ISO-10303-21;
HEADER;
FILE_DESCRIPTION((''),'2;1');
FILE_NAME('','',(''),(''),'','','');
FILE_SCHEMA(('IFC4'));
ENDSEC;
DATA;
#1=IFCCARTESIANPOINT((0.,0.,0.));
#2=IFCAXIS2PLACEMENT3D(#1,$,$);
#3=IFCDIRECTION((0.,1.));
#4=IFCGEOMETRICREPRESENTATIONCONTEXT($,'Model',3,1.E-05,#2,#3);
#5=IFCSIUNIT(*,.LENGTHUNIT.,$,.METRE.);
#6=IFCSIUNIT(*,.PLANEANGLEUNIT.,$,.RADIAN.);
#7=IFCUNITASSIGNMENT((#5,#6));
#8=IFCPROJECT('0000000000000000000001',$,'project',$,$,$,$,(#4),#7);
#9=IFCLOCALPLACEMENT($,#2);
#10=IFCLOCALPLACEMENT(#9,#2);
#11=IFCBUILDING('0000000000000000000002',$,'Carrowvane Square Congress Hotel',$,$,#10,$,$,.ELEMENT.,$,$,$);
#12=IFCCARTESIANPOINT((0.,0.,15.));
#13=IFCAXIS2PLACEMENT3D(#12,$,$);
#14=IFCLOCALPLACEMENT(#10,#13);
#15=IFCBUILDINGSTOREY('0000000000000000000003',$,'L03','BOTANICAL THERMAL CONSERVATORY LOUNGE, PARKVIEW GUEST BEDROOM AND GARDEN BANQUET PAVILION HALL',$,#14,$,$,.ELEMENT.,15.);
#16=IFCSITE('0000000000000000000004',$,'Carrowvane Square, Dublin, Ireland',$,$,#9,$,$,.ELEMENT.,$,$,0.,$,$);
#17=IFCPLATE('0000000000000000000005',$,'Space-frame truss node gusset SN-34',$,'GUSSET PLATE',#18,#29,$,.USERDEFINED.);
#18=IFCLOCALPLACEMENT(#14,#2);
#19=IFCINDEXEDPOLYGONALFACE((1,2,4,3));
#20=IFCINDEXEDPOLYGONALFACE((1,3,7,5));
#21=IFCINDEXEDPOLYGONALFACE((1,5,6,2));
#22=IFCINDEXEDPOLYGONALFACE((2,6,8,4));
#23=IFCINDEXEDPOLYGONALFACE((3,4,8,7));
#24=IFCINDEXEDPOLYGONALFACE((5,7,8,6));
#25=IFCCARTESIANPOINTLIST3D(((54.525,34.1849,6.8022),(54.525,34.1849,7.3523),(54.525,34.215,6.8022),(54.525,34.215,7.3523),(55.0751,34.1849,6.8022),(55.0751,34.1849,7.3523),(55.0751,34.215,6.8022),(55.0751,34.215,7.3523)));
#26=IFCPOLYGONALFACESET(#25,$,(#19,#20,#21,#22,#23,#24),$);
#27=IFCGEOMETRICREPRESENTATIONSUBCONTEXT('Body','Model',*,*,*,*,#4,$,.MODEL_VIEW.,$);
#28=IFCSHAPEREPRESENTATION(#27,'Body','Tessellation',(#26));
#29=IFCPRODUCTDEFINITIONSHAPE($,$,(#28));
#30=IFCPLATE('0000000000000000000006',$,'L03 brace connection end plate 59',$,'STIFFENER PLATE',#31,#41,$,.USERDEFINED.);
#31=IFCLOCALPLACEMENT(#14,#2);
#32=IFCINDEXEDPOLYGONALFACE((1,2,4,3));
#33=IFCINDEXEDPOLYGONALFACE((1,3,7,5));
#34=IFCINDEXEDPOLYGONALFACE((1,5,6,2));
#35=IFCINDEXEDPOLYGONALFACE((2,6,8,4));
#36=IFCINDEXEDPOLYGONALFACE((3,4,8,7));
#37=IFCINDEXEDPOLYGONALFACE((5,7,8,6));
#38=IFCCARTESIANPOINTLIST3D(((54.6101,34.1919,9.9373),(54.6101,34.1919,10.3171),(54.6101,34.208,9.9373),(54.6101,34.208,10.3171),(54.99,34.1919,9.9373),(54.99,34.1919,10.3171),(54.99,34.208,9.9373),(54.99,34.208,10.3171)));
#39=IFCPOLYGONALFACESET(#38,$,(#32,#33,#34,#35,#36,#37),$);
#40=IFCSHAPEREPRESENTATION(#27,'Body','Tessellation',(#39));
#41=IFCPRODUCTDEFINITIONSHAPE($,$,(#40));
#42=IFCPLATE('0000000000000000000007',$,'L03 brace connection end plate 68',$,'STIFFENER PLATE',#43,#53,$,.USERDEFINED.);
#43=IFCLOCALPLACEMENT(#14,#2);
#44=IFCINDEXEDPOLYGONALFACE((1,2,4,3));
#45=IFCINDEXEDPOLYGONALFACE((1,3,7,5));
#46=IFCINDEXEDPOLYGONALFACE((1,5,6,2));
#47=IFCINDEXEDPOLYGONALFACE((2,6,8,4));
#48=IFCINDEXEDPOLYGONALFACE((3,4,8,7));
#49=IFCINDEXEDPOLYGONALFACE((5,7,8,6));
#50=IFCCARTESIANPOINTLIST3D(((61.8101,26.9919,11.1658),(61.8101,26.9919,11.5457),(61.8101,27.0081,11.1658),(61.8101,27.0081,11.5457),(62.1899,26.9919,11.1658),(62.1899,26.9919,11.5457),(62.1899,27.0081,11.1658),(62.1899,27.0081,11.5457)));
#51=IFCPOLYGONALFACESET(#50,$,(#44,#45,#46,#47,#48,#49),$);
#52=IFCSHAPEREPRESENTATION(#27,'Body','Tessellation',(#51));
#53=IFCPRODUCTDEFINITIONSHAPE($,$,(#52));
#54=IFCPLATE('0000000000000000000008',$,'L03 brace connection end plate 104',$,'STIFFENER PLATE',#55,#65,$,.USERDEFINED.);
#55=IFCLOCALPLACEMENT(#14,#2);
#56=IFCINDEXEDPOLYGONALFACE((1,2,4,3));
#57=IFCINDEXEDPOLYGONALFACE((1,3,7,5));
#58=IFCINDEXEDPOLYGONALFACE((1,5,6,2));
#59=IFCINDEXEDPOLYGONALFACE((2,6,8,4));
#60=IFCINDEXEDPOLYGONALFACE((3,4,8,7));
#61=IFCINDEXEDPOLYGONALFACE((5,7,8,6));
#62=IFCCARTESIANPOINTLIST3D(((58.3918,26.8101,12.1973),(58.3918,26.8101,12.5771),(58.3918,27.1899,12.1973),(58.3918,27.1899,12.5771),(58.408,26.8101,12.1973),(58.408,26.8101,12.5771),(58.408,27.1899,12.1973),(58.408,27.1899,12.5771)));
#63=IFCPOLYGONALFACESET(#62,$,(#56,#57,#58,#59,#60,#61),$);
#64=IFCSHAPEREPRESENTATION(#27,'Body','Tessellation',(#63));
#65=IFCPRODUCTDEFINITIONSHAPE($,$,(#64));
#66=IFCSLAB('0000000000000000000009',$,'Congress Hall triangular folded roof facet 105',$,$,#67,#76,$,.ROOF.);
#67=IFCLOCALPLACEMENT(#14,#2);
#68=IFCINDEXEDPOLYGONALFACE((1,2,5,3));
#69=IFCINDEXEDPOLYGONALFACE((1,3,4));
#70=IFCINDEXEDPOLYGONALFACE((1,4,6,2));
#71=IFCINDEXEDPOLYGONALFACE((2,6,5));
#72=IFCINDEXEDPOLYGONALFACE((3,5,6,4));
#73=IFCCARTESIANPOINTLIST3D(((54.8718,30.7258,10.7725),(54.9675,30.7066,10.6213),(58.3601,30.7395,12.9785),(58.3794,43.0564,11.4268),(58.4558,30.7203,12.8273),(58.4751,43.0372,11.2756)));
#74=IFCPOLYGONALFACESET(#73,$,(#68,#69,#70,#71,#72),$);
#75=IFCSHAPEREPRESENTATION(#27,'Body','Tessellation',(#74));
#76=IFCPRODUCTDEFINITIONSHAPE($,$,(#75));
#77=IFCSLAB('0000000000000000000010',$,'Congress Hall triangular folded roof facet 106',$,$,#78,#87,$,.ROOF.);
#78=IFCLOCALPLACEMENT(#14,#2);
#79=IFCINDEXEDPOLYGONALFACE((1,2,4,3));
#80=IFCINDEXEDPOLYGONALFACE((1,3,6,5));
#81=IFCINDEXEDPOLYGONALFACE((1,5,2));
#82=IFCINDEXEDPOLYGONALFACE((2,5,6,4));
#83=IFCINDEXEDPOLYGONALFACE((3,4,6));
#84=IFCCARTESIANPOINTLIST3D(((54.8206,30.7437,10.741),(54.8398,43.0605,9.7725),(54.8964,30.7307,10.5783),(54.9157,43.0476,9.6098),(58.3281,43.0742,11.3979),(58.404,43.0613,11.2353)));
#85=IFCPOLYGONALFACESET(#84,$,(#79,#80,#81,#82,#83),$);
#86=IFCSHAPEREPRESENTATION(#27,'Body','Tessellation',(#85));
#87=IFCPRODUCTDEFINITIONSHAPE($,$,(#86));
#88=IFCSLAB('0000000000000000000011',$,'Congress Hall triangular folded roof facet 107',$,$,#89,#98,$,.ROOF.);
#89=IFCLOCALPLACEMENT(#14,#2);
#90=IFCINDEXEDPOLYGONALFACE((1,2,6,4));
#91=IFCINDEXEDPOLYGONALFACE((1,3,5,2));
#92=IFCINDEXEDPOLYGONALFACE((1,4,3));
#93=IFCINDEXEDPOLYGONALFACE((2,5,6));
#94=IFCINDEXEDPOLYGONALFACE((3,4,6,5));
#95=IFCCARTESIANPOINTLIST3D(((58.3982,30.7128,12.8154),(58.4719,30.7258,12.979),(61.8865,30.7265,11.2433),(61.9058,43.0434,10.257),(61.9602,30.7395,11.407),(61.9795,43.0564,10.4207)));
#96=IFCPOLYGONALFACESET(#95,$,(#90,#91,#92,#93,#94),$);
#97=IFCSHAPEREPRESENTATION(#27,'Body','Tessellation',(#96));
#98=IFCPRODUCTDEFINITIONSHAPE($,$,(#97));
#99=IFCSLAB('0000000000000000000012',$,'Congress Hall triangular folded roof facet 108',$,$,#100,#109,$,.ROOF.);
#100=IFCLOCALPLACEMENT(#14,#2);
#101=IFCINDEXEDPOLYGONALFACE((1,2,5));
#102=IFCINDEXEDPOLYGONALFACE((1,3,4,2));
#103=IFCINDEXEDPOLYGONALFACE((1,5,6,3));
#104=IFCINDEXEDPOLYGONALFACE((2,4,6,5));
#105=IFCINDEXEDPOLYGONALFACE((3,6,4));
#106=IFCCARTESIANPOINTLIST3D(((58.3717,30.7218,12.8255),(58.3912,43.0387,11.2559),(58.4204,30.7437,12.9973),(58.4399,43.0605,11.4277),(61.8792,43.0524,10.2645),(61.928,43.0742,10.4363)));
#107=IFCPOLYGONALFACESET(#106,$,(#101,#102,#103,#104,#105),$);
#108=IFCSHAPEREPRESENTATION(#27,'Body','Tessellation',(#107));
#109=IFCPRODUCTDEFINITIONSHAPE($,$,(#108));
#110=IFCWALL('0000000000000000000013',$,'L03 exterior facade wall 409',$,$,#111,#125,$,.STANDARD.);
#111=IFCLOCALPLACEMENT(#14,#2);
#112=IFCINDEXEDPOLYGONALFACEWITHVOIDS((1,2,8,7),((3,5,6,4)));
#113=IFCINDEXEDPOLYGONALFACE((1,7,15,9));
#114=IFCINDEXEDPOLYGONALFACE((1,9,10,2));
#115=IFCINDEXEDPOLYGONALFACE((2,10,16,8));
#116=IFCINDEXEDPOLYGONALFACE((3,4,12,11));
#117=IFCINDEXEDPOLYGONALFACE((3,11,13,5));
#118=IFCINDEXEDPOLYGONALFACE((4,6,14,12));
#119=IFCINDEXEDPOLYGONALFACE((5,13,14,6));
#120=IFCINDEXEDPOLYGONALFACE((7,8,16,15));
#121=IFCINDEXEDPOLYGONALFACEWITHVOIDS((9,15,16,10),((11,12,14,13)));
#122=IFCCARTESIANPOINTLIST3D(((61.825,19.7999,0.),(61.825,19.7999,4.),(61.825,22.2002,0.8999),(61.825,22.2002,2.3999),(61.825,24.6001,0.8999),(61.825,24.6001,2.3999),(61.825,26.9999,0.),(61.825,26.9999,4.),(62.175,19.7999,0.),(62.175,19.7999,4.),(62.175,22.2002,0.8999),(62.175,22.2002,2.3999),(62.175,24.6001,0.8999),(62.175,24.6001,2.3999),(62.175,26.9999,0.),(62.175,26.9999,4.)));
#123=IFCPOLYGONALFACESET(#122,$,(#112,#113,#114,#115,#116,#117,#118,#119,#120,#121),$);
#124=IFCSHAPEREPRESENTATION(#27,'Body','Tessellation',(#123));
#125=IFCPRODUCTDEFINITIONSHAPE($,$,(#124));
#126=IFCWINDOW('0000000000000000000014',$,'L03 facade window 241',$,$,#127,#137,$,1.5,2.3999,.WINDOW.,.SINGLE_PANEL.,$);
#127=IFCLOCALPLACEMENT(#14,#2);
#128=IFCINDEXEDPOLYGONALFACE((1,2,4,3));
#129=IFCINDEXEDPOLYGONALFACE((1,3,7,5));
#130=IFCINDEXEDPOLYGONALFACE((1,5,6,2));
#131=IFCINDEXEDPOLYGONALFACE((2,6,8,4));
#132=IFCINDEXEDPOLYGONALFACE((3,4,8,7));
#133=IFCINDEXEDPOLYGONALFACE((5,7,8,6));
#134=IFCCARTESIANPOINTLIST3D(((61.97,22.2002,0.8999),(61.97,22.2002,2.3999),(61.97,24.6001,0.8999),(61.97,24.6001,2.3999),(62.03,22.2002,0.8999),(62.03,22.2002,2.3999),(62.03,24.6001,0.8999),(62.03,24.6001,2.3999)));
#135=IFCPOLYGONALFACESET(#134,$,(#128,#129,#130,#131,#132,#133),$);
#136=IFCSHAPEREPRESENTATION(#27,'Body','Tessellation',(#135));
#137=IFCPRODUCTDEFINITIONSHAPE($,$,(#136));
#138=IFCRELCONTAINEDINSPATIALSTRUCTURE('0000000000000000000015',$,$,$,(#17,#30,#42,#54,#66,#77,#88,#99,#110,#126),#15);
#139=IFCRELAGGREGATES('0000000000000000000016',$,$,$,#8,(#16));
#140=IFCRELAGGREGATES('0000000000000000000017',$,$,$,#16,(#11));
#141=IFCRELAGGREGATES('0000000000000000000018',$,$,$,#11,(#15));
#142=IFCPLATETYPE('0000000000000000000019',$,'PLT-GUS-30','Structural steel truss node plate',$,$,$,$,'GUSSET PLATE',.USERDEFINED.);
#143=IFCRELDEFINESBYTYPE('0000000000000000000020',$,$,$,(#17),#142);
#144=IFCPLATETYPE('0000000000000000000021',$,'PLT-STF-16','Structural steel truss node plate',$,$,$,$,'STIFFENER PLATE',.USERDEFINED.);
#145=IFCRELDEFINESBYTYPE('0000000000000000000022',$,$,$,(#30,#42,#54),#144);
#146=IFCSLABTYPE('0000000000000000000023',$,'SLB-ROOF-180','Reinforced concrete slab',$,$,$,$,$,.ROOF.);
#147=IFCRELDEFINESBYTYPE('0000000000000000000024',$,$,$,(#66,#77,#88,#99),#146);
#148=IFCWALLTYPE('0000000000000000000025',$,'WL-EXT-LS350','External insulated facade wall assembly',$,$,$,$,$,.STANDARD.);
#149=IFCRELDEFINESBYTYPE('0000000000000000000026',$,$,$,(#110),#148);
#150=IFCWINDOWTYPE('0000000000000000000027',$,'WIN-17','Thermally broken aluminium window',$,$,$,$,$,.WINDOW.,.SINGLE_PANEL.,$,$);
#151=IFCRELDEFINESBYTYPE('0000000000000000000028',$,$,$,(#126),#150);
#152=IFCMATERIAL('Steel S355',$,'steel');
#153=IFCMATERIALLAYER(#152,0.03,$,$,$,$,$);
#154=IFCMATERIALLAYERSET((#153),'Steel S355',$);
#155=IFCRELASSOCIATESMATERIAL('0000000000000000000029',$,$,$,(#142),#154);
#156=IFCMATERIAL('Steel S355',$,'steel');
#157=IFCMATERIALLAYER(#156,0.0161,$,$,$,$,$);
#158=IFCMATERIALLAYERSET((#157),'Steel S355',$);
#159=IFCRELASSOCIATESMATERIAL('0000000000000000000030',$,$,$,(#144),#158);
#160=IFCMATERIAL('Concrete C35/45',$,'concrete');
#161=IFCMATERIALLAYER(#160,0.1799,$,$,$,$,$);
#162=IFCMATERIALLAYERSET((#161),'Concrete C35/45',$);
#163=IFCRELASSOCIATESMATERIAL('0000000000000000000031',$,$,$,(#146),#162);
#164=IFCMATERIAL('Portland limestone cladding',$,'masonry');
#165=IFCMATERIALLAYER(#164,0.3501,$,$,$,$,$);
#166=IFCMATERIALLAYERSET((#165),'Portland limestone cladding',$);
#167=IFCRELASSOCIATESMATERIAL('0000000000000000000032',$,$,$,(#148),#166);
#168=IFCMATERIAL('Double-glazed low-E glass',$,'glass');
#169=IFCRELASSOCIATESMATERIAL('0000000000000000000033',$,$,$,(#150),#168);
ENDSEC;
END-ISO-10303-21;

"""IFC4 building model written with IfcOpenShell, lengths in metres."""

from ifc_helpers import new_model, si_unit, direction, frame, frame_2d, origin, origin_2d, place, context, subcontext, project, spatial, polyline, rectangle, outline, extrude, material, layer, layer_set, type_object, element, fill, save


model = new_model("IFC4")

# Units and contexts
model_context = context("Model", 3, precision=1e-05, world=origin(), true_north=direction((0.0, 1.0)))
body_context = subcontext(model_context, "Body", "Model", "MODEL_VIEW")
ifc_project = project(units=[si_unit("LENGTHUNIT", "METRE"), si_unit("PLANEANGLEUNIT", "RADIAN")], contexts=[model_context])

# Site, building, storey
site_placement = place(None, origin())
site = spatial("IfcSite", under=ifc_project, at=site_placement, Name="Carrowvane Square, Dublin, Ireland", CompositionType="ELEMENT", RefElevation=0.0)
building_placement = place(site_placement, origin())
building = spatial("IfcBuilding", under=site, at=building_placement, Name="Carrowvane Square Congress Hotel", CompositionType="ELEMENT")
storey_placement = place(building_placement, frame((0.0, 0.0, 15.0)))
storey = spatial("IfcBuildingStorey", under=building, at=storey_placement, Name="L03", Description="BOTANICAL THERMAL CONSERVATORY LOUNGE, PARKVIEW GUEST BEDROOM AND GARDEN BANQUET PAVILION HALL", CompositionType="ELEMENT", Elevation=15.0)

# Plates
ifc_material_1 = material(Name="Steel S355", Category="steel")
ifc_layer_1 = layer(ifc_material_1, 0.03)
ifc_layer_set_1 = layer_set([ifc_layer_1], Name="Steel S355")
plate_type_1 = type_object("IfcPlateType", Name="PLT-GUS-30", Description="Structural steel truss node plate", ElementType="GUSSET PLATE", PredefinedType="USERDEFINED", material=ifc_layer_set_1)
plate_1_placement = place(storey_placement, frame((54.8, 34.2, 6.8022), z_axis=(0.0, 0.0, 1.0), x_axis=(1.0, 0.0, 0.0)))
element("IfcPlate", 1, at=plate_1_placement, inside=storey, type_object=plate_type_1, Name="Space-frame truss node gusset SN-34", ObjectType="GUSSET PLATE", PredefinedType="USERDEFINED", context=body_context, shape_type="SweptSolid", body=[
    extrude(rectangle(XDim=0.55, YDim=0.03, at=origin_2d()), origin(), (0.0, 0.0, 1.0), 0.55),
])
ifc_material_2 = material(Name="Steel S355", Category="steel")
ifc_layer_2 = layer(ifc_material_2, 0.0161)
ifc_layer_set_2 = layer_set([ifc_layer_2], Name="Steel S355")
plate_type_2 = type_object("IfcPlateType", Name="PLT-STF-16", Description="Structural steel truss node plate", ElementType="STIFFENER PLATE", PredefinedType="USERDEFINED", material=ifc_layer_set_2)
for number, where, z_axis, x_axis, name in (
    (2, (54.8, 34.2, 9.9373), (0.0, 0.0, 1.0), (1.0, 0.0, 0.0), "L03 brace connection end plate 59"),
    (3, (62.0, 27.0, 11.1658), (0.0, 0.0, 1.0), (1.0, 0.0, 0.0), "L03 brace connection end plate 68"),
):
    element("IfcPlate", number, at=place(storey_placement, frame(where, z_axis=z_axis, x_axis=x_axis)), inside=storey, type_object=plate_type_2, Name=name, ObjectType="STIFFENER PLATE", PredefinedType="USERDEFINED", context=body_context, shape_type="SweptSolid", body=[
        extrude(rectangle(XDim=0.3799, YDim=0.0161, at=origin_2d()), origin(), (0.0, 0.0, 1.0), 0.3799),
    ])
plate_2_placement = place(storey_placement, frame((58.3999, 27.0, 12.1973), z_axis=(0.0, 0.0, 1.0), x_axis=(1.0, 0.0, 0.0)))
element("IfcPlate", 4, at=plate_2_placement, inside=storey, type_object=plate_type_2, Name="L03 brace connection end plate 104", ObjectType="STIFFENER PLATE", PredefinedType="USERDEFINED", context=body_context, shape_type="SweptSolid", body=[
    extrude(rectangle(XDim=0.0161, YDim=0.3799, at=origin_2d()), origin(), (0.0, 0.0, 1.0), 0.3799),
])

# Slabs
ifc_material_3 = material(Name="Concrete C35/45", Category="concrete")
ifc_layer_3 = layer(ifc_material_3, 0.1799)
ifc_layer_set_3 = layer_set([ifc_layer_3], Name="Concrete C35/45")
slab_type = type_object("IfcSlabType", Name="SLB-ROOF-180", Description="Reinforced concrete slab", PredefinedType="ROOF", material=ifc_layer_set_3)
slab_1_placement = place(storey_placement, frame((54.8718, 30.7258, 10.7725), z_axis=(-0.531749, 0.106681, 0.840156), x_axis=(0.845164, 0.003313, 0.534497)))
element("IfcSlab", 5, at=slab_1_placement, inside=storey, type_object=slab_type, Name="Congress Hall triangular folded roof facet 105", PredefinedType="ROOF", context=body_context, shape_type="SweptSolid", body=[
    extrude(outline(polyline([(0.0, 0.0), (4.1273, 0.0), (3.355, 12.3902), (0.0, 0.0)])), origin(), (0.0, 0.0, -1.0), 0.1799),
])
slab_2_placement = place(storey_placement, frame((54.8206, 30.7437, 10.741), z_axis=(-0.421521, 0.071742, 0.903976), x_axis=(0.273248, 0.960581, 0.051181)))
element("IfcSlab", 6, at=slab_2_placement, inside=storey, type_object=slab_type, Name="Congress Hall triangular folded roof facet 106", PredefinedType="ROOF", context=body_context, shape_type="SweptSolid", body=[
    extrude(outline(polyline([(0.0, 0.0), (12.8366, 0.0), (11.7871, 3.7026), (0.0, 0.0)])), origin(), (0.0, 0.0, -1.0), 0.1799),
])
slab_3_placement = place(storey_placement, frame((58.4719, 30.7258, 12.979), z_axis=(0.409556, 0.072185, 0.909424), x_axis=(0.911691, 0.003573, -0.410861)))
element("IfcSlab", 7, at=slab_3_placement, inside=storey, type_object=slab_type, Name="Congress Hall triangular folded roof facet 107", PredefinedType="ROOF", context=body_context, shape_type="SweptSolid", body=[
    extrude(outline(polyline([(0.0, 0.0), (3.8262, 0.0), (4.293, 12.3475), (0.0, 0.0)])), origin(), (0.0, 0.0, -1.0), 0.1799),
])
slab_4_placement = place(storey_placement, frame((58.4204, 30.7437, 12.9973), z_axis=(0.270956, 0.121259, 0.954923), x_axis=(0.268305, 0.943205, -0.195902)))
element("IfcSlab", 8, at=slab_4_placement, inside=storey, type_object=slab_type, Name="Congress Hall triangular folded roof facet 108", PredefinedType="ROOF", context=body_context, shape_type="SweptSolid", body=[
    extrude(outline(polyline([(0.0, 0.0), (13.0731, 0.0), (11.9301, 3.4414), (0.0, 0.0)])), origin(), (0.0, 0.0, -1.0), 0.1799),
])

# Wall, opening, window
ifc_material_4 = material(Name="Portland limestone cladding", Category="masonry")
ifc_layer_4 = layer(ifc_material_4, 0.3501)
ifc_layer_set_4 = layer_set([ifc_layer_4], Name="Portland limestone cladding")
wall_type = type_object("IfcWallType", Name="WL-EXT-LS350", Description="External insulated facade wall assembly", PredefinedType="STANDARD", material=ifc_layer_set_4)
wall_placement = place(storey_placement, frame((62.0, 27.0, 0.0), z_axis=(0.0, 0.0, 1.0), x_axis=(0.0, -1.0, 0.0)))
wall = element("IfcWall", 9, at=wall_placement, inside=storey, type_object=wall_type, Name="L03 exterior facade wall 409", PredefinedType="STANDARD", context=body_context, shape_type="SweptSolid", body=[
    extrude(rectangle(XDim=7.2, YDim=0.3501, at=frame_2d((3.6001, 0.0))), origin(), (0.0, 0.0, 1.0), 4.0),
])
opening_placement = place(wall_placement, frame((2.3999, 0.0, 0.8999)))
opening = element("IfcOpeningElement", 10, at=opening_placement, cuts=wall, PredefinedType="OPENING", context=body_context, shape_type="SweptSolid", body=[
    extrude(rectangle(XDim=2.3999, YDim=1.5, at=frame_2d((1.2, 0.75))), frame((0.0, 0.1851, 0.0), z_axis=(0.0, -1.0, 0.0), x_axis=(1.0, 0.0, 0.0)), (0.0, 0.0, 1.0), 0.3701),
])
ifc_material_5 = material(Name="Double-glazed low-E glass", Category="glass")
window_type = type_object("IfcWindowType", Name="WIN-17", Description="Thermally broken aluminium window", PartitioningType="SINGLE_PANEL", PredefinedType="WINDOW", material=ifc_material_5)
window_placement = place(opening_placement, origin())
window = element("IfcWindow", 11, at=window_placement, inside=storey, type_object=window_type, Name="L03 facade window 241", OverallHeight=1.5, OverallWidth=2.3999, PartitioningType="SINGLE_PANEL", PredefinedType="WINDOW", context=body_context, shape_type="SweptSolid", body=[
    extrude(rectangle(XDim=2.3999, YDim=1.5, at=frame_2d((1.2, 0.75))), frame((0.0, 0.03, 0.0), z_axis=(0.0, -1.0, 0.0), x_axis=(1.0, 0.0, 0.0)), (0.0, 0.0, 1.0), 0.0601),
])
fill(opening, window)

save(model, "model.ifc")
